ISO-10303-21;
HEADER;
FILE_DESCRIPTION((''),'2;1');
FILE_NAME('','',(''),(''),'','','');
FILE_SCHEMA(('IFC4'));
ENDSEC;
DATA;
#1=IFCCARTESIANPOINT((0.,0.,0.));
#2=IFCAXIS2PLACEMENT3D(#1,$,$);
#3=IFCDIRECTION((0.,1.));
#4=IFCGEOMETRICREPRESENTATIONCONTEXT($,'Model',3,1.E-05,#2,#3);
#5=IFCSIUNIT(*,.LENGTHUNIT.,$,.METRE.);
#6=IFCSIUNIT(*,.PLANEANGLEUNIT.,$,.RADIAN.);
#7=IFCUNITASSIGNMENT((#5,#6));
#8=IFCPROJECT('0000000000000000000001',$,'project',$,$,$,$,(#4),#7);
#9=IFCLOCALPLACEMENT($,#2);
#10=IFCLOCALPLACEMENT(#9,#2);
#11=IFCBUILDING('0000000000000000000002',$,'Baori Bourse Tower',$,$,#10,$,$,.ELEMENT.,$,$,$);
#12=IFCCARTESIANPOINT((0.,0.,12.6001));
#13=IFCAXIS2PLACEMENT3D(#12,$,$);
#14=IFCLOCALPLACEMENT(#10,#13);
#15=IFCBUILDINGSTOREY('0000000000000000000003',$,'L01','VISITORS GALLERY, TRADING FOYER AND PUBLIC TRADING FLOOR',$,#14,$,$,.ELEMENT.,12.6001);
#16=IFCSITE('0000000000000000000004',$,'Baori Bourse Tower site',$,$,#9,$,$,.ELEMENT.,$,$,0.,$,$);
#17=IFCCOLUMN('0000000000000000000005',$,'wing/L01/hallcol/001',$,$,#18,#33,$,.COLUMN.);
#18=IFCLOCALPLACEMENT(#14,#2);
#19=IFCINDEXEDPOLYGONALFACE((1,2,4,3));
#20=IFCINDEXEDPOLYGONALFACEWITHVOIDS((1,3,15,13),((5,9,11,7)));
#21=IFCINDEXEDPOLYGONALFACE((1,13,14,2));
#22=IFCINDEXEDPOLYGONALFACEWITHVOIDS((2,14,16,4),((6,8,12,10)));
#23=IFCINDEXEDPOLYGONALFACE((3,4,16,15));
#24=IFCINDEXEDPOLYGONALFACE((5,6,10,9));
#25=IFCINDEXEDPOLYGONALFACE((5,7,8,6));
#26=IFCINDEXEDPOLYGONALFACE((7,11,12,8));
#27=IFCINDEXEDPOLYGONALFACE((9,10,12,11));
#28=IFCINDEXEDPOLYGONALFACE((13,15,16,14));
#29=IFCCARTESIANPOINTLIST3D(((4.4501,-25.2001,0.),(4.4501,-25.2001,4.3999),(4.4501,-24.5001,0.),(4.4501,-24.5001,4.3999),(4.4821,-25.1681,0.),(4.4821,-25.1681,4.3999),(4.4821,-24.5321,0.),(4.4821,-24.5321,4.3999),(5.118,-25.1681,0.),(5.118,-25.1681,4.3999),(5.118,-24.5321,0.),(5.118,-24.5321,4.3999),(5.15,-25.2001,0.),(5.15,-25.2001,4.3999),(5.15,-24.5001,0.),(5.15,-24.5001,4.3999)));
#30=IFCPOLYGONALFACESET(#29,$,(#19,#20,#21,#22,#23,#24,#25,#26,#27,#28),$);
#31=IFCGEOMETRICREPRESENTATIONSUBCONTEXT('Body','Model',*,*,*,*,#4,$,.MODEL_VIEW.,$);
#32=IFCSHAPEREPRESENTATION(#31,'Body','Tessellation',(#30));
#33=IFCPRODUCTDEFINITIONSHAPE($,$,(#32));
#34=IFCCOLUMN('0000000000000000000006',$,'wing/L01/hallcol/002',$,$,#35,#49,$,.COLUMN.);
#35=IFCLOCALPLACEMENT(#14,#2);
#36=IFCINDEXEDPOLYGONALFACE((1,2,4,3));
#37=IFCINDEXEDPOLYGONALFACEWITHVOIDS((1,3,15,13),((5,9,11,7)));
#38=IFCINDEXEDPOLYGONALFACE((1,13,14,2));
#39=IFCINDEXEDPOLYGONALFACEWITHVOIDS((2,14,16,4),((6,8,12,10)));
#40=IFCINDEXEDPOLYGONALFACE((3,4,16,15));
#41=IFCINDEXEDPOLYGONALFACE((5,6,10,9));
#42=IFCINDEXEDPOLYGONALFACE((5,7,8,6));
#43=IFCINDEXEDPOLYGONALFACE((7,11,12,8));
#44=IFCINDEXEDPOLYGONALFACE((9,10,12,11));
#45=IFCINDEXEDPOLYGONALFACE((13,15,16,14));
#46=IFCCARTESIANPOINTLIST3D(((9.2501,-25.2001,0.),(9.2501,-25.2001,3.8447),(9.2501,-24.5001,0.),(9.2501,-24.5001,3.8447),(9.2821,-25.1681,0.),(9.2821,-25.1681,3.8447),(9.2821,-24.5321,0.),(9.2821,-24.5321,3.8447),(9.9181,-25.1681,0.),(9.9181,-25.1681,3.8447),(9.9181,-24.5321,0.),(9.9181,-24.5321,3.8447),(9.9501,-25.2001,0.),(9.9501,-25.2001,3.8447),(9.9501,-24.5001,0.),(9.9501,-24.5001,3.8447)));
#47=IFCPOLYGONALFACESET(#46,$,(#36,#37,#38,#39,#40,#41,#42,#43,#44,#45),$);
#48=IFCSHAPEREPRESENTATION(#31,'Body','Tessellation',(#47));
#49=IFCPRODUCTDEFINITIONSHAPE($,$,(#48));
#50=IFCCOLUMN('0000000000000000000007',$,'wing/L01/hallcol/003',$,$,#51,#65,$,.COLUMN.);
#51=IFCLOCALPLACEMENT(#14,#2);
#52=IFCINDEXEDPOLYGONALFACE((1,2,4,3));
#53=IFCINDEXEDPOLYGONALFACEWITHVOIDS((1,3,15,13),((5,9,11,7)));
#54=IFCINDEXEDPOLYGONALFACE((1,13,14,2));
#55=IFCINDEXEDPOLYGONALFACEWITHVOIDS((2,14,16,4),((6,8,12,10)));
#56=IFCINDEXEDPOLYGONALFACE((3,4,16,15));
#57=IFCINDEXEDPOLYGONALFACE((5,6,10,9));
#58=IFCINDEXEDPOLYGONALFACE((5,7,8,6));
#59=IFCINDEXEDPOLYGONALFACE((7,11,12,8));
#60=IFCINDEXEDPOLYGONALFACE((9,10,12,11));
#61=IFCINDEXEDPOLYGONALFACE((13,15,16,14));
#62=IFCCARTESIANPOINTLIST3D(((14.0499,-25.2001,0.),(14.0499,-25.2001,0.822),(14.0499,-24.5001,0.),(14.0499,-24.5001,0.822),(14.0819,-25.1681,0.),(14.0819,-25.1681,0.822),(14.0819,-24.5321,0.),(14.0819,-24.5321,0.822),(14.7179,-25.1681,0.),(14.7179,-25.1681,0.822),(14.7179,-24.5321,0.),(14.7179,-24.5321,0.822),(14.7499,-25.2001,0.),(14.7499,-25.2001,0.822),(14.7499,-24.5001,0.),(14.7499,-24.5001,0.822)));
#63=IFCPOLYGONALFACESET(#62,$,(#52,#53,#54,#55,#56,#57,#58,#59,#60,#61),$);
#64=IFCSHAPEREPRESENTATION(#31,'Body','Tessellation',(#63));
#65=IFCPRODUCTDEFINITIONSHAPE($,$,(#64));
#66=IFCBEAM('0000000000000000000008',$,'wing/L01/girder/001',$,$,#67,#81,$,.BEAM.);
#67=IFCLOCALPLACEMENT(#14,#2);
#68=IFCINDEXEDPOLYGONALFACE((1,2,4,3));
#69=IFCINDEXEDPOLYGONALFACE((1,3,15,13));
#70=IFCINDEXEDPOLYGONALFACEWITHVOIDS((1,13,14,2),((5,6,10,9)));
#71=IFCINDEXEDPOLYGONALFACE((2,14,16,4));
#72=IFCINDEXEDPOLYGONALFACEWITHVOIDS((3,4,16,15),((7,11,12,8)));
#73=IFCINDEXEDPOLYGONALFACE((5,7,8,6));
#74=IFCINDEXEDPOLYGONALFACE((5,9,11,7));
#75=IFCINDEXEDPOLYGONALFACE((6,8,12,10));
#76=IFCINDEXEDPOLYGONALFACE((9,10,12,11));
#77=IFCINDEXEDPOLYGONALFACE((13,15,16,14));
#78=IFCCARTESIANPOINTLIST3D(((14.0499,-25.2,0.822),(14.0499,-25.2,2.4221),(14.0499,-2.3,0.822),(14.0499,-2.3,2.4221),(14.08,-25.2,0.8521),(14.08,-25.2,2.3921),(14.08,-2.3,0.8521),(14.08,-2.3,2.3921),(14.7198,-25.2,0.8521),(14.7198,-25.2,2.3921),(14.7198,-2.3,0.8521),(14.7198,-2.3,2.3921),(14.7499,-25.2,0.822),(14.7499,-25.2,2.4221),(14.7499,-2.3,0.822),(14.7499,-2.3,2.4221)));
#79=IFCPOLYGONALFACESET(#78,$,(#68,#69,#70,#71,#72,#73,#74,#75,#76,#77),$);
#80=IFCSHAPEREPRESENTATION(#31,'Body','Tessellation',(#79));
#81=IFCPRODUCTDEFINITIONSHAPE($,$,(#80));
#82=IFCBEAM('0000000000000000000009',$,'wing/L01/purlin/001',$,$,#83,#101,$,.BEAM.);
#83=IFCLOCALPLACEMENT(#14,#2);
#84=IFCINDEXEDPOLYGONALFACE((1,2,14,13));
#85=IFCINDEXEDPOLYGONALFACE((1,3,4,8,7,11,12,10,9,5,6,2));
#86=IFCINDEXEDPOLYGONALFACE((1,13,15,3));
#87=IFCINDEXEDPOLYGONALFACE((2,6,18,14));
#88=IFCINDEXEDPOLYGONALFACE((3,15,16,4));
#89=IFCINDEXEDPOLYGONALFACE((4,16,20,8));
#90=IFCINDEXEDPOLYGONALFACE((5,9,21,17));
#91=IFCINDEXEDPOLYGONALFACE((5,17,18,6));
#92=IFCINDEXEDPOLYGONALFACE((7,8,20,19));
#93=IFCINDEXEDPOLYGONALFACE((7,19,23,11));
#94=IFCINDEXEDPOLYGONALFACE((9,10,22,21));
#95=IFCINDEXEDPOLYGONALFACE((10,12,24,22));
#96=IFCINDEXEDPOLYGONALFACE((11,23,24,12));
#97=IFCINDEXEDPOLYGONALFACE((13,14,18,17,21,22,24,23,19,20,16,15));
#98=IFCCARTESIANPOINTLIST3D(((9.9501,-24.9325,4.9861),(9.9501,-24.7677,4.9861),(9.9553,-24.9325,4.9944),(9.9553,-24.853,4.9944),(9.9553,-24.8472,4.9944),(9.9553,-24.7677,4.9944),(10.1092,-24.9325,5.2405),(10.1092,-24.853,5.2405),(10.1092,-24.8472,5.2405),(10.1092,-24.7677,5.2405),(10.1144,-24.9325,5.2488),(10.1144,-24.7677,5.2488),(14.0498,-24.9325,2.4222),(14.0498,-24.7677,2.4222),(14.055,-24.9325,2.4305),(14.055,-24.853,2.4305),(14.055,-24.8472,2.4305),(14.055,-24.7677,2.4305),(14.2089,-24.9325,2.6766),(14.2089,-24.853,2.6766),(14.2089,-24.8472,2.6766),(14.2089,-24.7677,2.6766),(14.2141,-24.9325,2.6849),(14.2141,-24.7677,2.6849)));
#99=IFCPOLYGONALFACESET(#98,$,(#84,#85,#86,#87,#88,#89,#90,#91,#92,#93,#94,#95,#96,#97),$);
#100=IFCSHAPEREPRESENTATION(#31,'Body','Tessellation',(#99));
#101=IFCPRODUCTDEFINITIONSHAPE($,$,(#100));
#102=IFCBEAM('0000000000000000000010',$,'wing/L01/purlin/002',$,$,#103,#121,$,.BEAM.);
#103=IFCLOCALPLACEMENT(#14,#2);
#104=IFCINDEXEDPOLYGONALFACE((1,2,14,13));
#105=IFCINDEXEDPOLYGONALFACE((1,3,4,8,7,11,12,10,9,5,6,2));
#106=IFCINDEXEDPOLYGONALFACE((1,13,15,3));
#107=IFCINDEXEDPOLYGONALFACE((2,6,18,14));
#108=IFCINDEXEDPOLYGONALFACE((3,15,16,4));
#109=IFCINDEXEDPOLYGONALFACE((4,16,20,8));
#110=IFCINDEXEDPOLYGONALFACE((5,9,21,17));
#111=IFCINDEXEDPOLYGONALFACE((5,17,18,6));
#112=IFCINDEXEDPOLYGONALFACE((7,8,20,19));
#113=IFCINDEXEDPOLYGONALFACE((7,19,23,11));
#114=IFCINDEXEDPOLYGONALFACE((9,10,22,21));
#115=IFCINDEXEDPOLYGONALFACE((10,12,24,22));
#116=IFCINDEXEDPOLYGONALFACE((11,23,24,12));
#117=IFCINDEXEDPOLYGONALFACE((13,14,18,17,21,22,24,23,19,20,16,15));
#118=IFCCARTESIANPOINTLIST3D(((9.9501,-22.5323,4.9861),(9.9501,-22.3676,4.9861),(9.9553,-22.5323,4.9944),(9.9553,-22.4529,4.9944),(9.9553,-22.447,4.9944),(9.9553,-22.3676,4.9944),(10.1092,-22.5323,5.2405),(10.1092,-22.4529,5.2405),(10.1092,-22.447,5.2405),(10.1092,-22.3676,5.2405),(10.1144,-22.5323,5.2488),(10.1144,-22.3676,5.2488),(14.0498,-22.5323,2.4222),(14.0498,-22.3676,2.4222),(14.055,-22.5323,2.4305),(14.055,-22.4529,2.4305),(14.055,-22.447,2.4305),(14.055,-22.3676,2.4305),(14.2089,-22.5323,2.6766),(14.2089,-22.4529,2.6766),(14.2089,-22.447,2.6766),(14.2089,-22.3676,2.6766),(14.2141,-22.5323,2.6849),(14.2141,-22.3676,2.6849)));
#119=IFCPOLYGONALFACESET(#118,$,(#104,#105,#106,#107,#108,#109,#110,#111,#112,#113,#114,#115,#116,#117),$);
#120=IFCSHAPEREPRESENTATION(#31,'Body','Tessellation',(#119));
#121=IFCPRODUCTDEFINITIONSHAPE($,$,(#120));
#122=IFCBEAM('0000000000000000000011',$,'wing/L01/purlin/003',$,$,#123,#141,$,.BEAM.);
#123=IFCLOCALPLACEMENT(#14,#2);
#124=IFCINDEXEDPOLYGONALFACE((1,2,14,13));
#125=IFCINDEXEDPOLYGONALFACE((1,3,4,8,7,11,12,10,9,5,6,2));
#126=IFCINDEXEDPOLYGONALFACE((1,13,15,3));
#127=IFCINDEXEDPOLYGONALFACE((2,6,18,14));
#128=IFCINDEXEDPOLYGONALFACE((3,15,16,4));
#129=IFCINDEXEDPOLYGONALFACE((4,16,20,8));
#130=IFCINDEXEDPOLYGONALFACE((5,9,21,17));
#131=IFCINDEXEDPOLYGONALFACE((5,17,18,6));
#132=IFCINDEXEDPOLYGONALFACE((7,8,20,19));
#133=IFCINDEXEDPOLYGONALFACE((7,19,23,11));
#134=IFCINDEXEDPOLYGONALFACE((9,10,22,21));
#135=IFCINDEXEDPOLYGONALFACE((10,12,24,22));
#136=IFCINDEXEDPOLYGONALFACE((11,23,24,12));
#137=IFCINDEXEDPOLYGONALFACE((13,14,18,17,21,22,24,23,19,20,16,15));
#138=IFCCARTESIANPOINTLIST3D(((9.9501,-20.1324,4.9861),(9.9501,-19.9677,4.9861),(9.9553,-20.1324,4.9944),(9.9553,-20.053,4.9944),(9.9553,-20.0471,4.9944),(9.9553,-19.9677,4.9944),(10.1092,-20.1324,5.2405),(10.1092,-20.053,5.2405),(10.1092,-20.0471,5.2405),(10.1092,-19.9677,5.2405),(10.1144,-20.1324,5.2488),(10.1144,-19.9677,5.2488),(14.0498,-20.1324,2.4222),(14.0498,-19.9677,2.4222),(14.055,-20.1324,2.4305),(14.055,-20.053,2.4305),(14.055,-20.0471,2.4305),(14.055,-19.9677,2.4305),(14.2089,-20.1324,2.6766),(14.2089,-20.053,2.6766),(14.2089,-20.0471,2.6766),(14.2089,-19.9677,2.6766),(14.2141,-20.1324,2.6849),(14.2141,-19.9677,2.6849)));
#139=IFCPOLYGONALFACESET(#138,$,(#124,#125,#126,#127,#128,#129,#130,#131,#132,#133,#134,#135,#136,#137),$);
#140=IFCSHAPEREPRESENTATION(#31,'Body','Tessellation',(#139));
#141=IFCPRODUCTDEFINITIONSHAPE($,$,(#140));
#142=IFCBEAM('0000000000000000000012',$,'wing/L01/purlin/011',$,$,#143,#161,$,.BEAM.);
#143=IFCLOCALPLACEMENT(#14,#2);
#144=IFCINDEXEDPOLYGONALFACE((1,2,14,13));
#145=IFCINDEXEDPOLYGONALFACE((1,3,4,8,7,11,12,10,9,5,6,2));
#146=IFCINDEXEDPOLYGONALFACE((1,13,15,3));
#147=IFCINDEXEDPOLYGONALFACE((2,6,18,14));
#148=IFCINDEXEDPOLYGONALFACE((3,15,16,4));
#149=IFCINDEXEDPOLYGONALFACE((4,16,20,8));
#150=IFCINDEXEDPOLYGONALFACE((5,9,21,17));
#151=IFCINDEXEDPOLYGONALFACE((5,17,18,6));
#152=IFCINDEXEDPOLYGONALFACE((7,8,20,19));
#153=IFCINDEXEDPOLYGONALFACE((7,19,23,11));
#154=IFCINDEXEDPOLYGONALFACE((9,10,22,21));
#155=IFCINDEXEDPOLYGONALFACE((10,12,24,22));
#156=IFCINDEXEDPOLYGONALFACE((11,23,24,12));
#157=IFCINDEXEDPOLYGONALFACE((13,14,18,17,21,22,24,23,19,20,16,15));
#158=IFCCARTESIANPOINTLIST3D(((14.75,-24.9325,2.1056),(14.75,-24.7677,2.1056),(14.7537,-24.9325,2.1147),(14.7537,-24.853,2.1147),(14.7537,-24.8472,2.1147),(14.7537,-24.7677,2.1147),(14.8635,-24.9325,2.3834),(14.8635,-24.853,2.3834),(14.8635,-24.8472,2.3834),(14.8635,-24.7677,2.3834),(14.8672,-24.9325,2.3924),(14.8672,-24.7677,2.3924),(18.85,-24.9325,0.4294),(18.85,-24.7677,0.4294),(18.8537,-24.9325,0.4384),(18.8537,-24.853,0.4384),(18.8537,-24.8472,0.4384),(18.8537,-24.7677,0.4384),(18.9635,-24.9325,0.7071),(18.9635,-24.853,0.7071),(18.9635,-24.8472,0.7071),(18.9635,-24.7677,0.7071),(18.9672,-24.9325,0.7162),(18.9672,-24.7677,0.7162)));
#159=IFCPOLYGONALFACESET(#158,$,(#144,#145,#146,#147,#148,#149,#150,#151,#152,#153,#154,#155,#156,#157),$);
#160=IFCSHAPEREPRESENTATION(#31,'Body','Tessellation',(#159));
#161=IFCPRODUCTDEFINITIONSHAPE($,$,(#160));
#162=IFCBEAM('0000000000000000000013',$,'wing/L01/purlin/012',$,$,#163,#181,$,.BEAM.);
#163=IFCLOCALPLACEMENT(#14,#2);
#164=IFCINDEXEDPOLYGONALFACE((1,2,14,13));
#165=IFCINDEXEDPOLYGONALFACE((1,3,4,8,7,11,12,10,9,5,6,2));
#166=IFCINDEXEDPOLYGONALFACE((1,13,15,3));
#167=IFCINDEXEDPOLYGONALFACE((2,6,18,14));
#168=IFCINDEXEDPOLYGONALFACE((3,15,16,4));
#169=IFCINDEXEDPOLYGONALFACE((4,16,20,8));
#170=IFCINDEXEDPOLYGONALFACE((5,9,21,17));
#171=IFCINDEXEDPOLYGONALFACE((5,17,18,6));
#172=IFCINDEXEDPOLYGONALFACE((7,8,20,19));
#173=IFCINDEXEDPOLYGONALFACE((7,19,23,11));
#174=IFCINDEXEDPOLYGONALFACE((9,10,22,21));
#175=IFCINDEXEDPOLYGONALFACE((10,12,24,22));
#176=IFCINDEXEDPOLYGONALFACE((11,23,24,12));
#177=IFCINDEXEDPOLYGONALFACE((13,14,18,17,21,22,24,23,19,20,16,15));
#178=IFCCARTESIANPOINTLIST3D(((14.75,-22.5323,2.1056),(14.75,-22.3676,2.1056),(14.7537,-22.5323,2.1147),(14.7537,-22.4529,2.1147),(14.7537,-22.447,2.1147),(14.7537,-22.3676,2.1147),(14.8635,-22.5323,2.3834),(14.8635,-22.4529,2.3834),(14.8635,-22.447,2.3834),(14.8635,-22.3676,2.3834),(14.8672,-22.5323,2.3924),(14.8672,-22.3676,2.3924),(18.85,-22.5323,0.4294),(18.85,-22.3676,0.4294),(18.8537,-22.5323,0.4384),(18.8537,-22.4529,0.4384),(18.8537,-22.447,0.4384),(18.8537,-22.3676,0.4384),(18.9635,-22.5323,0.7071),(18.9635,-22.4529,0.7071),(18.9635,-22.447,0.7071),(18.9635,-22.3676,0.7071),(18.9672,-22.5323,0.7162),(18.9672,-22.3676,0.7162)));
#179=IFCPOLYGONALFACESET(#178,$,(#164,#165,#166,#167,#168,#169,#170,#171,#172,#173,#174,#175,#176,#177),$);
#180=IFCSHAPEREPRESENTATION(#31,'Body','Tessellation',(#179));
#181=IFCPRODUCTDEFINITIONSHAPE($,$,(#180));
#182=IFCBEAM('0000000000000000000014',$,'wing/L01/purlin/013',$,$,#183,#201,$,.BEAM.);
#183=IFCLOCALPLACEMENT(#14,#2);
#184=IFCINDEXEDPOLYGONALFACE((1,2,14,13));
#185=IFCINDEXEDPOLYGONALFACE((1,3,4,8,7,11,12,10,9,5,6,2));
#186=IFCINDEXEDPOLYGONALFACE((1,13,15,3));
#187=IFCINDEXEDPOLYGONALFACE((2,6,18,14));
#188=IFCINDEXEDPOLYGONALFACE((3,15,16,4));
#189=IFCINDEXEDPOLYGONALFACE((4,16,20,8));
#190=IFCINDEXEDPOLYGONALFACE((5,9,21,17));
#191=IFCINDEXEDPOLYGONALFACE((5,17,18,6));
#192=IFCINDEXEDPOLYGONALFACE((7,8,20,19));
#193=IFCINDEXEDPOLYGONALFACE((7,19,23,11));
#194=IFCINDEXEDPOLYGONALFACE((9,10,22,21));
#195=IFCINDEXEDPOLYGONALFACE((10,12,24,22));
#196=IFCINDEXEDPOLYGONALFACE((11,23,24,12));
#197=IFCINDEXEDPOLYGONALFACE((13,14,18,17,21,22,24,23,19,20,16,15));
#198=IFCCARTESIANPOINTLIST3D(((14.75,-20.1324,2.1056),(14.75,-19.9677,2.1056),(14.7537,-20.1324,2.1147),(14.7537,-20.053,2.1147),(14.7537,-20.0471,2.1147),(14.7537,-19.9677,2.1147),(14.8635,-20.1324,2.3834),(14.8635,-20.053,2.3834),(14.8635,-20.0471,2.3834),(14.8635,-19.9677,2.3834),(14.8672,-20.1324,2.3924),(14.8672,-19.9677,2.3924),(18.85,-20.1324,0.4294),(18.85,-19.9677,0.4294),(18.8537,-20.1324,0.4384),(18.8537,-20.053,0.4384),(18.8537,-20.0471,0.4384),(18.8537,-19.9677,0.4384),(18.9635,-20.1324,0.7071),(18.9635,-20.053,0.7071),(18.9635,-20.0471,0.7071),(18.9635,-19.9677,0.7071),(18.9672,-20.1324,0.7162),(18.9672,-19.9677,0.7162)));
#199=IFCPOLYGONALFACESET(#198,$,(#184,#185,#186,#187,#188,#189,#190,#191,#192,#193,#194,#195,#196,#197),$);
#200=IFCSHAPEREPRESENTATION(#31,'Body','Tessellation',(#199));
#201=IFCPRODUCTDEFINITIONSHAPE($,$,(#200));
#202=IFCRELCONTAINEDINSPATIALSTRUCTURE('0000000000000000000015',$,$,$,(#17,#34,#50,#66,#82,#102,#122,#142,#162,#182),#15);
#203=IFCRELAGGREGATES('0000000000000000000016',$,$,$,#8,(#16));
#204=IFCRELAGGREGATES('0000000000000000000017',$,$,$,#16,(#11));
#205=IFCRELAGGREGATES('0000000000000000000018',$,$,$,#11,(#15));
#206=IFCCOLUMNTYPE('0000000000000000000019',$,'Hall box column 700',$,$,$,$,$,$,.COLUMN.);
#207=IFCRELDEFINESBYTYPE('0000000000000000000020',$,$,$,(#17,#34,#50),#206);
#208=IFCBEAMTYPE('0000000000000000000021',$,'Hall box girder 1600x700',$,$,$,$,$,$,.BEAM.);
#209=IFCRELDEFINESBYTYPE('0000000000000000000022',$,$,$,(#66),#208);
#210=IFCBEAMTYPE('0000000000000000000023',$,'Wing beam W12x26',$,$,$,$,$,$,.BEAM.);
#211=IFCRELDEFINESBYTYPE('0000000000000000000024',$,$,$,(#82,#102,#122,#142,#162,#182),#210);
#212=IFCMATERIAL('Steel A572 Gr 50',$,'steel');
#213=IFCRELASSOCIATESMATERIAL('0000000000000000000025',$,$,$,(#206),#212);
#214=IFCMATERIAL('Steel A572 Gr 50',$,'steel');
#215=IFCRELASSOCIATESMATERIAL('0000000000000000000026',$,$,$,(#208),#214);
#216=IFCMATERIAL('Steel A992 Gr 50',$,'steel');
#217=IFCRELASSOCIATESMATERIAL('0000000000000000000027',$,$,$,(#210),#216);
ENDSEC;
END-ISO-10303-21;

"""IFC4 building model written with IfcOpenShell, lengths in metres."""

from ifc_helpers import new_model, si_unit, direction, frame, origin, origin_2d, place, context, subcontext, project, spatial, hollow_rectangle, i_section, extrude, material, material_profile, profile_set, type_object, element, save


model = new_model("IFC4")

# Units and contexts
model_context = context("Model", 3, precision=1e-05, world=origin(), true_north=direction((0.0, 1.0)))
body_context = subcontext(model_context, "Body", "Model", "MODEL_VIEW")
ifc_project = project(units=[si_unit("LENGTHUNIT", "METRE"), si_unit("PLANEANGLEUNIT", "RADIAN")], contexts=[model_context])

# Site, building, storey
site_placement = place(None, origin())
site = spatial("IfcSite", under=ifc_project, at=site_placement, Name="Baori Bourse Tower site", CompositionType="ELEMENT", RefElevation=0.0)
building_placement = place(site_placement, origin())
building = spatial("IfcBuilding", under=site, at=building_placement, Name="Baori Bourse Tower", CompositionType="ELEMENT")
storey_placement = place(building_placement, frame((0.0, 0.0, 12.6001)))
storey = spatial("IfcBuildingStorey", under=building, at=storey_placement, Name="L01", Description="VISITORS GALLERY, TRADING FOYER AND PUBLIC TRADING FLOOR", CompositionType="ELEMENT", Elevation=12.6001)

# Columns
ifc_material_1 = material(Name="Steel A572 Gr 50", Category="steel")
ifc_material_profile_1 = material_profile(ifc_material_1, hollow_rectangle(XDim=0.7, YDim=0.7, WallThickness=0.032, at=origin_2d()), Name="BOX 700x700x32")
ifc_profile_set_1 = profile_set([ifc_material_profile_1], Name="Steel A572 Gr 50")
column_type = type_object("IfcColumnType", Name="Hall box column 700", PredefinedType="COLUMN", material=ifc_profile_set_1)
column_1_placement = place(storey_placement, frame((4.8, -24.8501, 0.0), z_axis=(0.0, 0.0, 1.0), x_axis=(1.0, 0.0, 0.0)))
element("IfcColumn", 1, at=column_1_placement, inside=storey, type_object=column_type, Name="wing/L01/hallcol/001", PredefinedType="COLUMN", context=body_context, shape_type="SweptSolid", body=[
    extrude(hollow_rectangle(XDim=0.7, YDim=0.7, WallThickness=0.032, at=origin_2d()), origin(), (0.0, 0.0, 1.0), 4.3999),
])
column_2_placement = place(storey_placement, frame((9.6001, -24.8501, 0.0), z_axis=(0.0, 0.0, 1.0), x_axis=(1.0, 0.0, 0.0)))
element("IfcColumn", 2, at=column_2_placement, inside=storey, type_object=column_type, Name="wing/L01/hallcol/002", PredefinedType="COLUMN", context=body_context, shape_type="SweptSolid", body=[
    extrude(hollow_rectangle(XDim=0.7, YDim=0.7, WallThickness=0.032, at=origin_2d()), origin(), (0.0, 0.0, 1.0), 3.8447),
])
column_3_placement = place(storey_placement, frame((14.3999, -24.8501, 0.0), z_axis=(0.0, 0.0, 1.0), x_axis=(1.0, 0.0, 0.0)))
element("IfcColumn", 3, at=column_3_placement, inside=storey, type_object=column_type, Name="wing/L01/hallcol/003", PredefinedType="COLUMN", context=body_context, shape_type="SweptSolid", body=[
    extrude(hollow_rectangle(XDim=0.7, YDim=0.7, WallThickness=0.032, at=origin_2d()), origin(), (0.0, 0.0, 1.0), 0.822),
])

# Beams
ifc_material_2 = material(Name="Steel A572 Gr 50", Category="steel")
ifc_material_profile_2 = material_profile(ifc_material_2, hollow_rectangle(XDim=0.7, YDim=1.6001, WallThickness=0.03, at=origin_2d()), Name="BOX 1600x700x30")
ifc_profile_set_2 = profile_set([ifc_material_profile_2], Name="Steel A572 Gr 50")
beam_type_1 = type_object("IfcBeamType", Name="Hall box girder 1600x700", PredefinedType="BEAM", material=ifc_profile_set_2)
beam_placement = place(storey_placement, frame((14.3999, -25.2, 1.6221), z_axis=(0.0, 1.0, 0.0), x_axis=(-1.0, 0.0, 0.0)))
element("IfcBeam", 4, at=beam_placement, inside=storey, type_object=beam_type_1, Name="wing/L01/girder/001", PredefinedType="BEAM", context=body_context, shape_type="SweptSolid", body=[
    extrude(hollow_rectangle(XDim=0.7, YDim=1.6001, WallThickness=0.03, at=origin_2d()), origin(), (0.0, 0.0, 1.0), 22.8999),
])
ifc_material_3 = material(Name="Steel A992 Gr 50", Category="steel")
ifc_material_profile_3 = material_profile(ifc_material_3, i_section(OverallWidth=0.1648, OverallDepth=0.3098, WebThickness=0.0059, FlangeThickness=0.0098, at=origin_2d()), Name="W12x26")
ifc_profile_set_3 = profile_set([ifc_material_profile_3], Name="Steel A992 Gr 50")
beam_type_2 = type_object("IfcBeamType", Name="Wing beam W12x26", PredefinedType="BEAM", material=ifc_profile_set_3)
for number, where, z_axis, x_axis, name in (
    (5, (10.0322, -24.8501, 5.1174), (0.847854, 0.0, -0.53023), (0.0, 1.0, 0.0), "wing/L01/purlin/001"),
    (6, (10.0322, -22.45, 5.1174), (0.847854, 0.0, -0.53023), (0.0, 1.0, 0.0), "wing/L01/purlin/002"),
    (7, (10.0322, -20.05, 5.1174), (0.847854, 0.0, -0.53023), (0.0, 1.0, 0.0), "wing/L01/purlin/003"),
):
    element("IfcBeam", number, at=place(storey_placement, frame(where, z_axis=z_axis, x_axis=x_axis)), inside=storey, type_object=beam_type_2, Name=name, PredefinedType="BEAM", context=body_context, shape_type="SweptSolid", body=[
        extrude(i_section(OverallWidth=0.1648, OverallDepth=0.3098, WebThickness=0.0059, FlangeThickness=0.0098, at=origin_2d()), origin(), (0.0, 0.0, 1.0), 4.8354),
    ])
for number, where, z_axis, x_axis, name in (
    (8, (14.8086, -24.8501, 2.249), (0.925629, 0.0, -0.378431), (0.0, 1.0, 0.0), "wing/L01/purlin/011"),
    (9, (14.8086, -22.45, 2.249), (0.925629, 0.0, -0.378431), (0.0, 1.0, 0.0), "wing/L01/purlin/012"),
    (10, (14.8086, -20.05, 2.249), (0.925629, 0.0, -0.378431), (0.0, 1.0, 0.0), "wing/L01/purlin/013"),
):
    element("IfcBeam", number, at=place(storey_placement, frame(where, z_axis=z_axis, x_axis=x_axis)), inside=storey, type_object=beam_type_2, Name=name, PredefinedType="BEAM", context=body_context, shape_type="SweptSolid", body=[
        extrude(i_section(OverallWidth=0.1648, OverallDepth=0.3098, WebThickness=0.0059, FlangeThickness=0.0098, at=origin_2d()), origin(), (0.0, 0.0, 1.0), 4.4294),
    ])

save(model, "model.ifc")
